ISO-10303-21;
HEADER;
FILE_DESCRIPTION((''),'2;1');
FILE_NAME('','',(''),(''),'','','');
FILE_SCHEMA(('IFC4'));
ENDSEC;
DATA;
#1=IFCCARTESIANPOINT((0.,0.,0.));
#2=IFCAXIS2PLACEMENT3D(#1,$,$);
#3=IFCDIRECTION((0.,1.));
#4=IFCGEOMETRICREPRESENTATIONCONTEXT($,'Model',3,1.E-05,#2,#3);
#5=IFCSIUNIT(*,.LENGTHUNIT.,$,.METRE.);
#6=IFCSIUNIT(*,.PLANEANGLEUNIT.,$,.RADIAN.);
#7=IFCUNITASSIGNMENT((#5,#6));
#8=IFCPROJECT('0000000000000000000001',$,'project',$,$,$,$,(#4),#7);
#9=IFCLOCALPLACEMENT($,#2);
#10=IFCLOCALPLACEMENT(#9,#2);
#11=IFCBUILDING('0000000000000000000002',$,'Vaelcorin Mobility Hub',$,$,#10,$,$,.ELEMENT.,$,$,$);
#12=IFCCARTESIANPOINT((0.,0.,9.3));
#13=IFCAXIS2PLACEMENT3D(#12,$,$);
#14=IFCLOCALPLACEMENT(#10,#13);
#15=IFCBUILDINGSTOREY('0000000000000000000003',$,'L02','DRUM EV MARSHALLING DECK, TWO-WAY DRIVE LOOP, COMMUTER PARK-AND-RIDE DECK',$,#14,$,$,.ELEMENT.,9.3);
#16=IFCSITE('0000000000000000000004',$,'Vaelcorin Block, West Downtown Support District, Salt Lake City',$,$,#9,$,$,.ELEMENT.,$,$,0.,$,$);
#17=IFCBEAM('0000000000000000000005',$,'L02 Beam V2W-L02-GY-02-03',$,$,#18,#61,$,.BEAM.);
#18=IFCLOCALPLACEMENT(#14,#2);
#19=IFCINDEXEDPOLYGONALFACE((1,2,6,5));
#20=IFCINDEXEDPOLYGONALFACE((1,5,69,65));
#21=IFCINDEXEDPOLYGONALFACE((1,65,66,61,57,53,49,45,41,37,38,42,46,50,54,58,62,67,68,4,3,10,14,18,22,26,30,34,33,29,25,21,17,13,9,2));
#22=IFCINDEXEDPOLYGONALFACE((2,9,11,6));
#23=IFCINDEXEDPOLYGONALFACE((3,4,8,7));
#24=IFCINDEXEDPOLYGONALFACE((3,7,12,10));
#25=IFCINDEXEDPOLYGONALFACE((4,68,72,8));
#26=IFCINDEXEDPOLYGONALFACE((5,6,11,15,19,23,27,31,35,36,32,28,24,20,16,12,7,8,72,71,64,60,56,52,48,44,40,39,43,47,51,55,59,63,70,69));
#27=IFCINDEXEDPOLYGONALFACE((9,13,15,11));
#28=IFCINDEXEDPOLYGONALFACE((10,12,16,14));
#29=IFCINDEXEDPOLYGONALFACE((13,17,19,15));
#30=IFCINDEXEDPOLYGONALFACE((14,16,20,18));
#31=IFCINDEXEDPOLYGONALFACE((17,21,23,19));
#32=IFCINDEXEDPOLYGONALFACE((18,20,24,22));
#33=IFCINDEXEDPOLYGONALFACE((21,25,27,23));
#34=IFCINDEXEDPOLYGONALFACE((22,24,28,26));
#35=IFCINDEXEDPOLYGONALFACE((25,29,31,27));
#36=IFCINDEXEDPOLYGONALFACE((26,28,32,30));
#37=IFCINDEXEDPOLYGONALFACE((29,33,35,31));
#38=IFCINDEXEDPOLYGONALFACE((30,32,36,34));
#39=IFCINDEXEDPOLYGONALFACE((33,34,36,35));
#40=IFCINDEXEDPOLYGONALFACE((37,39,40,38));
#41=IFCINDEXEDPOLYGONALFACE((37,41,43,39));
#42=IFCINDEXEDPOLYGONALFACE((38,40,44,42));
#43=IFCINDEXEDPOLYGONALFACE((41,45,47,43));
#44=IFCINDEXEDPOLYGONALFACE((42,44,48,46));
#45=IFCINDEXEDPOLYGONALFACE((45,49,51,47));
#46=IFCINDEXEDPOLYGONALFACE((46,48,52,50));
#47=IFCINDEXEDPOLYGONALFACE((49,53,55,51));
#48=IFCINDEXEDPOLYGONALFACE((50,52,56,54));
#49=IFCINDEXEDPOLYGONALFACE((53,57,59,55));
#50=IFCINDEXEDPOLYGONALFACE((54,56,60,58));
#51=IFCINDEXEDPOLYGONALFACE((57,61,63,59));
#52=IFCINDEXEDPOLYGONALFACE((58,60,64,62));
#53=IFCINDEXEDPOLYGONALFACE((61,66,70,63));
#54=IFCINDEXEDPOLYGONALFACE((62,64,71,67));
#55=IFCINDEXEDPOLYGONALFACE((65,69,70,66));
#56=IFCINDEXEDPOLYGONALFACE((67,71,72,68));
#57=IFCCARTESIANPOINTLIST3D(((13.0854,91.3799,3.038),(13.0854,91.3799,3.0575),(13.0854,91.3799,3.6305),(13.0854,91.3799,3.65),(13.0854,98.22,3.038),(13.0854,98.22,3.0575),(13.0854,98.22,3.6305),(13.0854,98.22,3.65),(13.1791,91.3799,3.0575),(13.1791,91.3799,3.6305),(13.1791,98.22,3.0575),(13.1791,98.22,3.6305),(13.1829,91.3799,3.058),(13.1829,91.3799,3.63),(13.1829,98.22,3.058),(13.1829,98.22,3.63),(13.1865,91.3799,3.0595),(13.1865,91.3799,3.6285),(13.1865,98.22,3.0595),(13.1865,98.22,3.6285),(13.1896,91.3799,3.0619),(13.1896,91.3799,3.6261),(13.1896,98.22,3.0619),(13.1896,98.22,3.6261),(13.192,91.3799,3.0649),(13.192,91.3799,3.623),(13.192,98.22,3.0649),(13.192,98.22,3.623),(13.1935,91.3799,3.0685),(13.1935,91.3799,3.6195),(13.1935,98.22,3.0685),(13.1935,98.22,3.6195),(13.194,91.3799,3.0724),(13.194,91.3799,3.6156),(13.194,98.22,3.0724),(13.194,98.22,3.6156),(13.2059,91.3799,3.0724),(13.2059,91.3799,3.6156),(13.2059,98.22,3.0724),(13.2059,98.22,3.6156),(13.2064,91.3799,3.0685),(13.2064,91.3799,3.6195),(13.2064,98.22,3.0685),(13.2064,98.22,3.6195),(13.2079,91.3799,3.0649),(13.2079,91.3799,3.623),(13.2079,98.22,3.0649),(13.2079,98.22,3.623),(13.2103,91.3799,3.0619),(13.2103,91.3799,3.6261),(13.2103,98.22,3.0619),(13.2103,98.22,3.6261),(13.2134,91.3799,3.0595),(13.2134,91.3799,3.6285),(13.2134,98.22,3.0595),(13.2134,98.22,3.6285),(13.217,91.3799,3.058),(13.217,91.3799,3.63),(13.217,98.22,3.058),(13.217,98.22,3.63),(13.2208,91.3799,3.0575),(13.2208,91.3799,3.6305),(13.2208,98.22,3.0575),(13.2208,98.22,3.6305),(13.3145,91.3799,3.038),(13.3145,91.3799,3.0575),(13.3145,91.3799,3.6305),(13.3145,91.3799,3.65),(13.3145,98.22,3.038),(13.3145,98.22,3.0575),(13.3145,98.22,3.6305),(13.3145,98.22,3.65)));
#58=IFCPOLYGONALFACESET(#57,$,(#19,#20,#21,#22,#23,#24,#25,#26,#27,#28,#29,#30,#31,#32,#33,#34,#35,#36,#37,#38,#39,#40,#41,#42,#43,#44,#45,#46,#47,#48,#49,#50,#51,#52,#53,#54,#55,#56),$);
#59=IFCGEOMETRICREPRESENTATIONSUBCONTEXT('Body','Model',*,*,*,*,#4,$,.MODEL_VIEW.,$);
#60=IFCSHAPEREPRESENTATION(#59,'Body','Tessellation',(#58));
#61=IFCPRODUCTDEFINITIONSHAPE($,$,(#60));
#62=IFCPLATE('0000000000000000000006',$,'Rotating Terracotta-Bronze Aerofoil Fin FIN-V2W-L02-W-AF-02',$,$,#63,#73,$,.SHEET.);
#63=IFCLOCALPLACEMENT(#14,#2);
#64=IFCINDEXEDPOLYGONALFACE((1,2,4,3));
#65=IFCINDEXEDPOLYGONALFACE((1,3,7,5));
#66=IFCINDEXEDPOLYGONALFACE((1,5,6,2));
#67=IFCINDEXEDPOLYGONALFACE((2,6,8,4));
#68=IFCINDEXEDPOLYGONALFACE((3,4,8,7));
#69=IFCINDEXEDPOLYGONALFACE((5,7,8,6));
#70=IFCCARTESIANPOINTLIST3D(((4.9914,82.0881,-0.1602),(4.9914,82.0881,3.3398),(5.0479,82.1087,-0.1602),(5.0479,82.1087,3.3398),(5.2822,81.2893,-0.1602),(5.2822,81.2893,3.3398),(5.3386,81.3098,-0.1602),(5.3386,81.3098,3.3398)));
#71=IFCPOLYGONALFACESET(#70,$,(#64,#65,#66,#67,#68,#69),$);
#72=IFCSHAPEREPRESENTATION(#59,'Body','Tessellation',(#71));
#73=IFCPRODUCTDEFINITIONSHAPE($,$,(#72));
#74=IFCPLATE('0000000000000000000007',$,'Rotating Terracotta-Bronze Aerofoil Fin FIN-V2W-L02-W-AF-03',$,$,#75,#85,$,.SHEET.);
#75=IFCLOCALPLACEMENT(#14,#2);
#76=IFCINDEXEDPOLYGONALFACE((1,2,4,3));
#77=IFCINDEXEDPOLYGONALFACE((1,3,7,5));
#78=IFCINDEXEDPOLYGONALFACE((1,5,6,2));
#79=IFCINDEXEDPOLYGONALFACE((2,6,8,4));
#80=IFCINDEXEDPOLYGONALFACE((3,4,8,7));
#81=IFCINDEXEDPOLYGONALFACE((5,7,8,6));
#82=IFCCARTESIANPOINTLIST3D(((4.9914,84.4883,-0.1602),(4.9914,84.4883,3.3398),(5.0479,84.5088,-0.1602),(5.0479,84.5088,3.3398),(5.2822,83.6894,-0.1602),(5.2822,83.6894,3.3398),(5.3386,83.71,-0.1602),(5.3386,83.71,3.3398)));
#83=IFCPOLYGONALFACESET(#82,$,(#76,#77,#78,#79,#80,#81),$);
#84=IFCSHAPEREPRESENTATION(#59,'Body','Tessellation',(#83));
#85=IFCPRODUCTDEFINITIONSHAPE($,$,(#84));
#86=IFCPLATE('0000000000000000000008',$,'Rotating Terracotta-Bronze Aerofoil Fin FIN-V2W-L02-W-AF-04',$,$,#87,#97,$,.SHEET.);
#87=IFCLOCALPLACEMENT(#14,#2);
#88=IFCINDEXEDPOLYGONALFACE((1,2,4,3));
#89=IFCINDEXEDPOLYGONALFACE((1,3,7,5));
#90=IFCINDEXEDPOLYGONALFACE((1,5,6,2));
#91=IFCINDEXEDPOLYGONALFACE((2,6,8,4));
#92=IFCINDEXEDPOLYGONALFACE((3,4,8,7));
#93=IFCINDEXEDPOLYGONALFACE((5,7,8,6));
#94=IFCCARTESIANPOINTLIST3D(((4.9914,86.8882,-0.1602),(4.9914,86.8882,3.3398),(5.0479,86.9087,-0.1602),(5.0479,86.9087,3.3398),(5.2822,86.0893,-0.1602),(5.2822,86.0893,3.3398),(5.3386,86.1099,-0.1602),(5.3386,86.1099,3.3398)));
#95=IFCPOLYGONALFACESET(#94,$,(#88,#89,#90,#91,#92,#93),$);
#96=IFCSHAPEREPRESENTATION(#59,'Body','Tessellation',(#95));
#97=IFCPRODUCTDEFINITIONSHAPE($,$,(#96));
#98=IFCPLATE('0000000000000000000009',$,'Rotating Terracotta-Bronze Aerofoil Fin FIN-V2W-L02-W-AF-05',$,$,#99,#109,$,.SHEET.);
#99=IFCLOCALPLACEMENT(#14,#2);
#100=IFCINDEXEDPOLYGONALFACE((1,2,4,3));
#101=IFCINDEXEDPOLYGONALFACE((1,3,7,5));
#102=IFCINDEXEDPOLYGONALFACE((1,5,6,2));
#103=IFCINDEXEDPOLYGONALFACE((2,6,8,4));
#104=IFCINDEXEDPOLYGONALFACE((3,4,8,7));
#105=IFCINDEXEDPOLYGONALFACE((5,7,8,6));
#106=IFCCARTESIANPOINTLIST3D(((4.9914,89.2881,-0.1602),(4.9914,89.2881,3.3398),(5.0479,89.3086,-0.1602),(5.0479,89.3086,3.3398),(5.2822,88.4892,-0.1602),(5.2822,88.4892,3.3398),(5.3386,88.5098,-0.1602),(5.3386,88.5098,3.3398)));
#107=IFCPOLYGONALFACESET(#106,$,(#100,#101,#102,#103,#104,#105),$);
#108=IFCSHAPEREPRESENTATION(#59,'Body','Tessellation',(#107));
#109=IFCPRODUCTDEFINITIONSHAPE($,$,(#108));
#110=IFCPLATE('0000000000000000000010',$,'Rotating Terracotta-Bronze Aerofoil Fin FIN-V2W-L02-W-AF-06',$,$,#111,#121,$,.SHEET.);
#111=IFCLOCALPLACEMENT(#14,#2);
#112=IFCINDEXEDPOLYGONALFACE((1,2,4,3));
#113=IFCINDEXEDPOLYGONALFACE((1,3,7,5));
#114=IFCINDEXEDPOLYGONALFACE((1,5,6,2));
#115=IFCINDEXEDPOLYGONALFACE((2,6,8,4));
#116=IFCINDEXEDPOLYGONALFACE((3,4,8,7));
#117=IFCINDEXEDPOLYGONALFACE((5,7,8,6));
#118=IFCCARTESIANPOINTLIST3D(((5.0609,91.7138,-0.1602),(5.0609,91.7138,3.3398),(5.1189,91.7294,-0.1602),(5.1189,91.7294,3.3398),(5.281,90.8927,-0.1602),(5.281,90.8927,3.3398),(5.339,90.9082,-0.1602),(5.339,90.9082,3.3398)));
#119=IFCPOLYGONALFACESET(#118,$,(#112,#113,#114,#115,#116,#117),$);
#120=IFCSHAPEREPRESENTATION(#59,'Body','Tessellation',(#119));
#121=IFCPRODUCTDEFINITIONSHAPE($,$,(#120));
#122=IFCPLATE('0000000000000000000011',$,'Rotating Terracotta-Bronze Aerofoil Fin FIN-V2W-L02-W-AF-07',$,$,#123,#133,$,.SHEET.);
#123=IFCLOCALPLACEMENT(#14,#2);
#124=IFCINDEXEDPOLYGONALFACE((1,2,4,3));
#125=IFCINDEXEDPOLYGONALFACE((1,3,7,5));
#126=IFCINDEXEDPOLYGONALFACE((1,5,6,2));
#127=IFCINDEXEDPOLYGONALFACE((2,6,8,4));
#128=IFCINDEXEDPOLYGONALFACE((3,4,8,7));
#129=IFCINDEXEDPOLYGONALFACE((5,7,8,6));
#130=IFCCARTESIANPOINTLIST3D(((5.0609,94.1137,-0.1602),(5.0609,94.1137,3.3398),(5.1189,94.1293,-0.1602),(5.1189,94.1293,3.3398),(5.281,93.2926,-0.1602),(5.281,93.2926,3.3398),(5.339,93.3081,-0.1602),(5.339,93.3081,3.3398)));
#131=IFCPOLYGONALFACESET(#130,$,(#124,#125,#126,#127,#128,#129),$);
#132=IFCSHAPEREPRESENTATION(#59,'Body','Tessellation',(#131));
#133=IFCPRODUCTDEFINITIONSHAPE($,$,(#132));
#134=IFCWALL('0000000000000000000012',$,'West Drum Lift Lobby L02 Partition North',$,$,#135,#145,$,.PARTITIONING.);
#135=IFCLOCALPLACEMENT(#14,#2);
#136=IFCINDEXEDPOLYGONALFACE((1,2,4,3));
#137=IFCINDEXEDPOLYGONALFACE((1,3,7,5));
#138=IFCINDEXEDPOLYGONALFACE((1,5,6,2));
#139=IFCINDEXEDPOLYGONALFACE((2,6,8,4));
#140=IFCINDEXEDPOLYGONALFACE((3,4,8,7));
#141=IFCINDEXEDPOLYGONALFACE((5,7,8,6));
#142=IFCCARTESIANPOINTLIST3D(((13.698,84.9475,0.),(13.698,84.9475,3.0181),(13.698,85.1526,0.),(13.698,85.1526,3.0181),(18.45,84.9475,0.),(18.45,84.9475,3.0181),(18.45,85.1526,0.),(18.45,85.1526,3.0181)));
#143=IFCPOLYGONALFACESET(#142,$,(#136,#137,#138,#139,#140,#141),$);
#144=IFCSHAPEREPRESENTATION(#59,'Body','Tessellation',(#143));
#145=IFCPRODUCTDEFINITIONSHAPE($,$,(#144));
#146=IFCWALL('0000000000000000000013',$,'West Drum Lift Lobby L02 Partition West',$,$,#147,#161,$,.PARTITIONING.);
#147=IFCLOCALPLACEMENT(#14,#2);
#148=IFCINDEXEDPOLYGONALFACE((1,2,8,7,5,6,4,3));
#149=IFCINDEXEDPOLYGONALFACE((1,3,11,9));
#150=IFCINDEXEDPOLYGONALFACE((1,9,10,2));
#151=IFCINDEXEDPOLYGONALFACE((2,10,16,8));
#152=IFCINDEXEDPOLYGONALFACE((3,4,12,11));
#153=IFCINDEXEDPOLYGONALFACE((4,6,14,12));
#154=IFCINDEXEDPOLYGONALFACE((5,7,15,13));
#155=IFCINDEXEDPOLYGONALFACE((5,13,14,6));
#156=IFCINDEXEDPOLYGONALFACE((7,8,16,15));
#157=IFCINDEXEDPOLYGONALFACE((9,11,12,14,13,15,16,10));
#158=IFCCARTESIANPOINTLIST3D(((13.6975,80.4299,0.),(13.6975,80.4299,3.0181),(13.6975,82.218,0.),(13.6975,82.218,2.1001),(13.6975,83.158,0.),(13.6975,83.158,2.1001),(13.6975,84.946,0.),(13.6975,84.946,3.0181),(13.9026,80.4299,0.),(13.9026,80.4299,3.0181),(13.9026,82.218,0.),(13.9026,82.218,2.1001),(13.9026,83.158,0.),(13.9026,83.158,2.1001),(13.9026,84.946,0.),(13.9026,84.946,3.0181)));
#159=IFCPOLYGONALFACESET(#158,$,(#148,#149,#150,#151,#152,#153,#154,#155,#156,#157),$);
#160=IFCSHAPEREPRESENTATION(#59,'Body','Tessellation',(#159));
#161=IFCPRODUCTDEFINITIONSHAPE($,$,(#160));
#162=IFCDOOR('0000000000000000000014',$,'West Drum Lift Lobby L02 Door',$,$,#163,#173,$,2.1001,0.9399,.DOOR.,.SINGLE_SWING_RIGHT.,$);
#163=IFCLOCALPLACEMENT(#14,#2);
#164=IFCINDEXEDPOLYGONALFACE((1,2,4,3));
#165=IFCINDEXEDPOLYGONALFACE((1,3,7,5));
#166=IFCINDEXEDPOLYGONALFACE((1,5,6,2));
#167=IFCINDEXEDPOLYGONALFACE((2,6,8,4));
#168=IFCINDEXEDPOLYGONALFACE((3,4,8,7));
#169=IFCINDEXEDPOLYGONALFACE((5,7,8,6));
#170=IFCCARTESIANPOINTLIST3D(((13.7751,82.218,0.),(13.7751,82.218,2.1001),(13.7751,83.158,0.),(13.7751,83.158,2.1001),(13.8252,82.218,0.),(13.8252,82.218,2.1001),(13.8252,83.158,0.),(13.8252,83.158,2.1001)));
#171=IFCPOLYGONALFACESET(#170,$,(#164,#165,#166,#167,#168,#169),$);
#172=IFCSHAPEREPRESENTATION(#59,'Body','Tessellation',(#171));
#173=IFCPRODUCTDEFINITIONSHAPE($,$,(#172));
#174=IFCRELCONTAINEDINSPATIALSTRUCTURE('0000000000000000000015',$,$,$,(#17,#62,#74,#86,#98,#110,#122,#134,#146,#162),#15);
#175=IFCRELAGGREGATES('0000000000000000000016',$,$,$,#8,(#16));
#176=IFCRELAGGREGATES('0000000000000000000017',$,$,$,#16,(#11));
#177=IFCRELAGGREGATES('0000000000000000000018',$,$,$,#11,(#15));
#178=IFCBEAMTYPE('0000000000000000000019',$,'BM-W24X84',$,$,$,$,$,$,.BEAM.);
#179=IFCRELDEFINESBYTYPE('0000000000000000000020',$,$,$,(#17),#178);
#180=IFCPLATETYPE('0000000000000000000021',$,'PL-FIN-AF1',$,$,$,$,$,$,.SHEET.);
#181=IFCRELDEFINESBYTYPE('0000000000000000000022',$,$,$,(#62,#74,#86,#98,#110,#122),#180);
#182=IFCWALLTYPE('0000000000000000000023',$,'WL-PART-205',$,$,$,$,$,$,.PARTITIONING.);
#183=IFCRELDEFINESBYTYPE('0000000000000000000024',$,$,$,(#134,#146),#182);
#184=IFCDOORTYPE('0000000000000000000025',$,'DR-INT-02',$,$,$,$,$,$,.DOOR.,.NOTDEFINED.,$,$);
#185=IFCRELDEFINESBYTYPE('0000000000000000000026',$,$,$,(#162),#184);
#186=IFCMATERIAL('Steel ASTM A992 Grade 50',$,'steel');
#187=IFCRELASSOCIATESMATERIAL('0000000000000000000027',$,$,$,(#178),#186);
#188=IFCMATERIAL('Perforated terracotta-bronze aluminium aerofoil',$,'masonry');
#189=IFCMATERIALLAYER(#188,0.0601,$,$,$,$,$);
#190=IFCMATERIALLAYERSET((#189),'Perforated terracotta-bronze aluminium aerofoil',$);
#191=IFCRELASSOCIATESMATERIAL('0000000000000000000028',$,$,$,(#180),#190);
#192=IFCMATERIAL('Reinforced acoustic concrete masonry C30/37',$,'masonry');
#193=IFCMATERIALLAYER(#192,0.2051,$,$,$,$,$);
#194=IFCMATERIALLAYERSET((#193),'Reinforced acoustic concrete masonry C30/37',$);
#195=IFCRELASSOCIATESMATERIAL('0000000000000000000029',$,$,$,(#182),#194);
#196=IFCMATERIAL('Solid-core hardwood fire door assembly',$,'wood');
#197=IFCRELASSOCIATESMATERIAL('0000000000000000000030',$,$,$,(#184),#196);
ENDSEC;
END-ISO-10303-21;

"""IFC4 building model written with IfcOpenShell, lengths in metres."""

from ifc_helpers import new_model, si_unit, direction, frame, frame_2d, origin, origin_2d, place, context, subcontext, project, spatial, rectangle, i_section, extrude, material, layer, layer_set, material_profile, profile_set, type_object, element, fill, save


model = new_model("IFC4")

# Units and contexts
model_context = context("Model", 3, precision=1e-05, world=origin(), true_north=direction((0.0, 1.0)))
body_context = subcontext(model_context, "Body", "Model", "MODEL_VIEW")
ifc_project = project(units=[si_unit("LENGTHUNIT", "METRE"), si_unit("PLANEANGLEUNIT", "RADIAN")], contexts=[model_context])

# Site, building, storey
site_placement = place(None, origin())
site = spatial("IfcSite", under=ifc_project, at=site_placement, Name="Vaelcorin Block, West Downtown Support District, Salt Lake City", CompositionType="ELEMENT", RefElevation=0.0)
building_placement = place(site_placement, origin())
building = spatial("IfcBuilding", under=site, at=building_placement, Name="Vaelcorin Mobility Hub", CompositionType="ELEMENT")
storey_placement = place(building_placement, frame((0.0, 0.0, 9.3)))
storey = spatial("IfcBuildingStorey", under=building, at=storey_placement, Name="L02", Description="DRUM EV MARSHALLING DECK, TWO-WAY DRIVE LOOP, COMMUTER PARK-AND-RIDE DECK", CompositionType="ELEMENT", Elevation=9.3)

# Shared definitions
ifc_material_1 = material(Name="Steel ASTM A992 Grade 50", Category="steel")

# Beam
ifc_material_profile_1 = material_profile(ifc_material_1, i_section(OverallWidth=0.229, OverallDepth=0.6121, WebThickness=0.012, FlangeThickness=0.0195, FilletRadius=0.0149, at=origin_2d()), Name="W24X84")
ifc_profile_set_1 = profile_set([ifc_material_profile_1], Name="Steel ASTM A992 Grade 50")
beam_type_1 = type_object("IfcBeamType", Name="BM-W24X84", PredefinedType="BEAM", material=ifc_profile_set_1)
for number, where, z_axis, x_axis, name in (
    (1, (13.2, 91.3799, 3.344), (0.0, 1.0, 0.0), (-1.0, 0.0, 0.0), "L02 Beam V2W-L02-GY-02-03"),
):
    element("IfcBeam", number, at=place(storey_placement, frame(where, z_axis=z_axis, x_axis=x_axis)), inside=storey, type_object=beam_type_1, Name=name, PredefinedType="BEAM", context=body_context, shape_type="SweptSolid", body=[
        extrude(i_section(OverallWidth=0.229, OverallDepth=0.6121, WebThickness=0.012, FlangeThickness=0.0195, FilletRadius=0.0149, at=origin_2d()), origin(), (0.0, 0.0, 1.0), 6.8401),
    ])

# Plates
ifc_material_2 = material(Name="Perforated terracotta-bronze aluminium aerofoil", Category="masonry")
ifc_layer_1 = layer(ifc_material_2, 0.0601)
ifc_layer_set_1 = layer_set([ifc_layer_1], Name="Perforated terracotta-bronze aluminium aerofoil")
plate_type = type_object("IfcPlateType", Name="PL-FIN-AF1", PredefinedType="SHEET", material=ifc_layer_set_1)
for number, where, z_axis, x_axis, name in (
    (2, (5.165, 81.699, -0.1602), (0.0, 0.0, 1.0), (-0.34202, 0.939693, 0.0), "Rotating Terracotta-Bronze Aerofoil Fin FIN-V2W-L02-W-AF-02"),
    (3, (5.165, 84.0991, -0.1602), (0.0, 0.0, 1.0), (-0.34202, 0.939693, 0.0), "Rotating Terracotta-Bronze Aerofoil Fin FIN-V2W-L02-W-AF-03"),
    (4, (5.165, 86.499, -0.1602), (0.0, 0.0, 1.0), (-0.34202, 0.939693, 0.0), "Rotating Terracotta-Bronze Aerofoil Fin FIN-V2W-L02-W-AF-04"),
    (5, (5.165, 88.8989, -0.1602), (0.0, 0.0, 1.0), (-0.34202, 0.939693, 0.0), "Rotating Terracotta-Bronze Aerofoil Fin FIN-V2W-L02-W-AF-05"),
    (6, (5.2, 91.311, -0.1602), (0.0, 0.0, 1.0), (-0.258819, 0.965926, 0.0), "Rotating Terracotta-Bronze Aerofoil Fin FIN-V2W-L02-W-AF-06"),
    (7, (5.2, 93.7109, -0.1602), (0.0, 0.0, 1.0), (-0.258819, 0.965926, 0.0), "Rotating Terracotta-Bronze Aerofoil Fin FIN-V2W-L02-W-AF-07"),
):
    element("IfcPlate", number, at=place(storey_placement, frame(where, z_axis=z_axis, x_axis=x_axis)), inside=storey, type_object=plate_type, Name=name, PredefinedType="SHEET", context=body_context, shape_type="SweptSolid", body=[
        extrude(rectangle(XDim=0.8501, YDim=0.0601, at=origin_2d()), origin(), (0.0, 0.0, 1.0), 3.5),
    ])

# Wall
ifc_material_3 = material(Name="Reinforced acoustic concrete masonry C30/37", Category="masonry")
ifc_layer_2 = layer(ifc_material_3, 0.2051)
ifc_layer_set_2 = layer_set([ifc_layer_2], Name="Reinforced acoustic concrete masonry C30/37")
wall_type_1 = type_object("IfcWallType", Name="WL-PART-205", PredefinedType="PARTITIONING", material=ifc_layer_set_2)
wall_1_placement = place(storey_placement, frame((13.698, 85.05, 0.0), z_axis=(0.0, 0.0, 1.0), x_axis=(1.0, 0.0, 0.0)))
element("IfcWall", 8, at=wall_1_placement, inside=storey, type_object=wall_type_1, Name="West Drum Lift Lobby L02 Partition North", PredefinedType="PARTITIONING", context=body_context, shape_type="SweptSolid", body=[
    extrude(rectangle(XDim=4.752, YDim=0.2051, at=frame_2d((2.376, 0.0))), origin(), (0.0, 0.0, 1.0), 3.0181),
])

# Wall, opening, door
wall_2_placement = place(storey_placement, frame((13.8, 80.4299, 0.0), z_axis=(0.0, 0.0, 1.0), x_axis=(0.0, 1.0, 0.0)))
wall_2 = element("IfcWall", 9, at=wall_2_placement, inside=storey, type_object=wall_type_1, Name="West Drum Lift Lobby L02 Partition West", PredefinedType="PARTITIONING", context=body_context, shape_type="SweptSolid", body=[
    extrude(rectangle(XDim=4.5161, YDim=0.2051, at=frame_2d((2.2581, 0.0))), origin(), (0.0, 0.0, 1.0), 3.0181),
])
opening_1_placement = place(wall_2_placement, frame((1.7881, 0.0, 0.0)))
opening_1 = element("IfcOpeningElement", 10, at=opening_1_placement, cuts=wall_2, PredefinedType="OPENING", context=body_context, shape_type="SweptSolid", body=[
    extrude(rectangle(XDim=0.9399, YDim=2.1001, at=frame_2d((0.47, 1.05))), frame((0.0, 0.1125, 0.0), z_axis=(0.0, -1.0, 0.0), x_axis=(1.0, 0.0, 0.0)), (0.0, 0.0, 1.0), 0.2251),
])
ifc_material_4 = material(Name="Solid-core hardwood fire door assembly", Category="wood")
door_type_1 = type_object("IfcDoorType", Name="DR-INT-02", OperationType="NOTDEFINED", PredefinedType="DOOR", material=ifc_material_4)
door_1_placement = place(opening_1_placement, origin())
door_1 = element("IfcDoor", 11, at=door_1_placement, inside=storey, type_object=door_type_1, Name="West Drum Lift Lobby L02 Door", OperationType="SINGLE_SWING_RIGHT", OverallHeight=2.1001, OverallWidth=0.9399, PredefinedType="DOOR", context=body_context, shape_type="SweptSolid", body=[
    extrude(rectangle(XDim=0.9399, YDim=2.1001, at=frame_2d((0.47, 1.05))), frame((0.0, 0.0249, 0.0), z_axis=(0.0, -1.0, 0.0), x_axis=(1.0, 0.0, 0.0)), (0.0, 0.0, 1.0), 0.05),
])
fill(opening_1, door_1)

save(model, "model.ifc")
